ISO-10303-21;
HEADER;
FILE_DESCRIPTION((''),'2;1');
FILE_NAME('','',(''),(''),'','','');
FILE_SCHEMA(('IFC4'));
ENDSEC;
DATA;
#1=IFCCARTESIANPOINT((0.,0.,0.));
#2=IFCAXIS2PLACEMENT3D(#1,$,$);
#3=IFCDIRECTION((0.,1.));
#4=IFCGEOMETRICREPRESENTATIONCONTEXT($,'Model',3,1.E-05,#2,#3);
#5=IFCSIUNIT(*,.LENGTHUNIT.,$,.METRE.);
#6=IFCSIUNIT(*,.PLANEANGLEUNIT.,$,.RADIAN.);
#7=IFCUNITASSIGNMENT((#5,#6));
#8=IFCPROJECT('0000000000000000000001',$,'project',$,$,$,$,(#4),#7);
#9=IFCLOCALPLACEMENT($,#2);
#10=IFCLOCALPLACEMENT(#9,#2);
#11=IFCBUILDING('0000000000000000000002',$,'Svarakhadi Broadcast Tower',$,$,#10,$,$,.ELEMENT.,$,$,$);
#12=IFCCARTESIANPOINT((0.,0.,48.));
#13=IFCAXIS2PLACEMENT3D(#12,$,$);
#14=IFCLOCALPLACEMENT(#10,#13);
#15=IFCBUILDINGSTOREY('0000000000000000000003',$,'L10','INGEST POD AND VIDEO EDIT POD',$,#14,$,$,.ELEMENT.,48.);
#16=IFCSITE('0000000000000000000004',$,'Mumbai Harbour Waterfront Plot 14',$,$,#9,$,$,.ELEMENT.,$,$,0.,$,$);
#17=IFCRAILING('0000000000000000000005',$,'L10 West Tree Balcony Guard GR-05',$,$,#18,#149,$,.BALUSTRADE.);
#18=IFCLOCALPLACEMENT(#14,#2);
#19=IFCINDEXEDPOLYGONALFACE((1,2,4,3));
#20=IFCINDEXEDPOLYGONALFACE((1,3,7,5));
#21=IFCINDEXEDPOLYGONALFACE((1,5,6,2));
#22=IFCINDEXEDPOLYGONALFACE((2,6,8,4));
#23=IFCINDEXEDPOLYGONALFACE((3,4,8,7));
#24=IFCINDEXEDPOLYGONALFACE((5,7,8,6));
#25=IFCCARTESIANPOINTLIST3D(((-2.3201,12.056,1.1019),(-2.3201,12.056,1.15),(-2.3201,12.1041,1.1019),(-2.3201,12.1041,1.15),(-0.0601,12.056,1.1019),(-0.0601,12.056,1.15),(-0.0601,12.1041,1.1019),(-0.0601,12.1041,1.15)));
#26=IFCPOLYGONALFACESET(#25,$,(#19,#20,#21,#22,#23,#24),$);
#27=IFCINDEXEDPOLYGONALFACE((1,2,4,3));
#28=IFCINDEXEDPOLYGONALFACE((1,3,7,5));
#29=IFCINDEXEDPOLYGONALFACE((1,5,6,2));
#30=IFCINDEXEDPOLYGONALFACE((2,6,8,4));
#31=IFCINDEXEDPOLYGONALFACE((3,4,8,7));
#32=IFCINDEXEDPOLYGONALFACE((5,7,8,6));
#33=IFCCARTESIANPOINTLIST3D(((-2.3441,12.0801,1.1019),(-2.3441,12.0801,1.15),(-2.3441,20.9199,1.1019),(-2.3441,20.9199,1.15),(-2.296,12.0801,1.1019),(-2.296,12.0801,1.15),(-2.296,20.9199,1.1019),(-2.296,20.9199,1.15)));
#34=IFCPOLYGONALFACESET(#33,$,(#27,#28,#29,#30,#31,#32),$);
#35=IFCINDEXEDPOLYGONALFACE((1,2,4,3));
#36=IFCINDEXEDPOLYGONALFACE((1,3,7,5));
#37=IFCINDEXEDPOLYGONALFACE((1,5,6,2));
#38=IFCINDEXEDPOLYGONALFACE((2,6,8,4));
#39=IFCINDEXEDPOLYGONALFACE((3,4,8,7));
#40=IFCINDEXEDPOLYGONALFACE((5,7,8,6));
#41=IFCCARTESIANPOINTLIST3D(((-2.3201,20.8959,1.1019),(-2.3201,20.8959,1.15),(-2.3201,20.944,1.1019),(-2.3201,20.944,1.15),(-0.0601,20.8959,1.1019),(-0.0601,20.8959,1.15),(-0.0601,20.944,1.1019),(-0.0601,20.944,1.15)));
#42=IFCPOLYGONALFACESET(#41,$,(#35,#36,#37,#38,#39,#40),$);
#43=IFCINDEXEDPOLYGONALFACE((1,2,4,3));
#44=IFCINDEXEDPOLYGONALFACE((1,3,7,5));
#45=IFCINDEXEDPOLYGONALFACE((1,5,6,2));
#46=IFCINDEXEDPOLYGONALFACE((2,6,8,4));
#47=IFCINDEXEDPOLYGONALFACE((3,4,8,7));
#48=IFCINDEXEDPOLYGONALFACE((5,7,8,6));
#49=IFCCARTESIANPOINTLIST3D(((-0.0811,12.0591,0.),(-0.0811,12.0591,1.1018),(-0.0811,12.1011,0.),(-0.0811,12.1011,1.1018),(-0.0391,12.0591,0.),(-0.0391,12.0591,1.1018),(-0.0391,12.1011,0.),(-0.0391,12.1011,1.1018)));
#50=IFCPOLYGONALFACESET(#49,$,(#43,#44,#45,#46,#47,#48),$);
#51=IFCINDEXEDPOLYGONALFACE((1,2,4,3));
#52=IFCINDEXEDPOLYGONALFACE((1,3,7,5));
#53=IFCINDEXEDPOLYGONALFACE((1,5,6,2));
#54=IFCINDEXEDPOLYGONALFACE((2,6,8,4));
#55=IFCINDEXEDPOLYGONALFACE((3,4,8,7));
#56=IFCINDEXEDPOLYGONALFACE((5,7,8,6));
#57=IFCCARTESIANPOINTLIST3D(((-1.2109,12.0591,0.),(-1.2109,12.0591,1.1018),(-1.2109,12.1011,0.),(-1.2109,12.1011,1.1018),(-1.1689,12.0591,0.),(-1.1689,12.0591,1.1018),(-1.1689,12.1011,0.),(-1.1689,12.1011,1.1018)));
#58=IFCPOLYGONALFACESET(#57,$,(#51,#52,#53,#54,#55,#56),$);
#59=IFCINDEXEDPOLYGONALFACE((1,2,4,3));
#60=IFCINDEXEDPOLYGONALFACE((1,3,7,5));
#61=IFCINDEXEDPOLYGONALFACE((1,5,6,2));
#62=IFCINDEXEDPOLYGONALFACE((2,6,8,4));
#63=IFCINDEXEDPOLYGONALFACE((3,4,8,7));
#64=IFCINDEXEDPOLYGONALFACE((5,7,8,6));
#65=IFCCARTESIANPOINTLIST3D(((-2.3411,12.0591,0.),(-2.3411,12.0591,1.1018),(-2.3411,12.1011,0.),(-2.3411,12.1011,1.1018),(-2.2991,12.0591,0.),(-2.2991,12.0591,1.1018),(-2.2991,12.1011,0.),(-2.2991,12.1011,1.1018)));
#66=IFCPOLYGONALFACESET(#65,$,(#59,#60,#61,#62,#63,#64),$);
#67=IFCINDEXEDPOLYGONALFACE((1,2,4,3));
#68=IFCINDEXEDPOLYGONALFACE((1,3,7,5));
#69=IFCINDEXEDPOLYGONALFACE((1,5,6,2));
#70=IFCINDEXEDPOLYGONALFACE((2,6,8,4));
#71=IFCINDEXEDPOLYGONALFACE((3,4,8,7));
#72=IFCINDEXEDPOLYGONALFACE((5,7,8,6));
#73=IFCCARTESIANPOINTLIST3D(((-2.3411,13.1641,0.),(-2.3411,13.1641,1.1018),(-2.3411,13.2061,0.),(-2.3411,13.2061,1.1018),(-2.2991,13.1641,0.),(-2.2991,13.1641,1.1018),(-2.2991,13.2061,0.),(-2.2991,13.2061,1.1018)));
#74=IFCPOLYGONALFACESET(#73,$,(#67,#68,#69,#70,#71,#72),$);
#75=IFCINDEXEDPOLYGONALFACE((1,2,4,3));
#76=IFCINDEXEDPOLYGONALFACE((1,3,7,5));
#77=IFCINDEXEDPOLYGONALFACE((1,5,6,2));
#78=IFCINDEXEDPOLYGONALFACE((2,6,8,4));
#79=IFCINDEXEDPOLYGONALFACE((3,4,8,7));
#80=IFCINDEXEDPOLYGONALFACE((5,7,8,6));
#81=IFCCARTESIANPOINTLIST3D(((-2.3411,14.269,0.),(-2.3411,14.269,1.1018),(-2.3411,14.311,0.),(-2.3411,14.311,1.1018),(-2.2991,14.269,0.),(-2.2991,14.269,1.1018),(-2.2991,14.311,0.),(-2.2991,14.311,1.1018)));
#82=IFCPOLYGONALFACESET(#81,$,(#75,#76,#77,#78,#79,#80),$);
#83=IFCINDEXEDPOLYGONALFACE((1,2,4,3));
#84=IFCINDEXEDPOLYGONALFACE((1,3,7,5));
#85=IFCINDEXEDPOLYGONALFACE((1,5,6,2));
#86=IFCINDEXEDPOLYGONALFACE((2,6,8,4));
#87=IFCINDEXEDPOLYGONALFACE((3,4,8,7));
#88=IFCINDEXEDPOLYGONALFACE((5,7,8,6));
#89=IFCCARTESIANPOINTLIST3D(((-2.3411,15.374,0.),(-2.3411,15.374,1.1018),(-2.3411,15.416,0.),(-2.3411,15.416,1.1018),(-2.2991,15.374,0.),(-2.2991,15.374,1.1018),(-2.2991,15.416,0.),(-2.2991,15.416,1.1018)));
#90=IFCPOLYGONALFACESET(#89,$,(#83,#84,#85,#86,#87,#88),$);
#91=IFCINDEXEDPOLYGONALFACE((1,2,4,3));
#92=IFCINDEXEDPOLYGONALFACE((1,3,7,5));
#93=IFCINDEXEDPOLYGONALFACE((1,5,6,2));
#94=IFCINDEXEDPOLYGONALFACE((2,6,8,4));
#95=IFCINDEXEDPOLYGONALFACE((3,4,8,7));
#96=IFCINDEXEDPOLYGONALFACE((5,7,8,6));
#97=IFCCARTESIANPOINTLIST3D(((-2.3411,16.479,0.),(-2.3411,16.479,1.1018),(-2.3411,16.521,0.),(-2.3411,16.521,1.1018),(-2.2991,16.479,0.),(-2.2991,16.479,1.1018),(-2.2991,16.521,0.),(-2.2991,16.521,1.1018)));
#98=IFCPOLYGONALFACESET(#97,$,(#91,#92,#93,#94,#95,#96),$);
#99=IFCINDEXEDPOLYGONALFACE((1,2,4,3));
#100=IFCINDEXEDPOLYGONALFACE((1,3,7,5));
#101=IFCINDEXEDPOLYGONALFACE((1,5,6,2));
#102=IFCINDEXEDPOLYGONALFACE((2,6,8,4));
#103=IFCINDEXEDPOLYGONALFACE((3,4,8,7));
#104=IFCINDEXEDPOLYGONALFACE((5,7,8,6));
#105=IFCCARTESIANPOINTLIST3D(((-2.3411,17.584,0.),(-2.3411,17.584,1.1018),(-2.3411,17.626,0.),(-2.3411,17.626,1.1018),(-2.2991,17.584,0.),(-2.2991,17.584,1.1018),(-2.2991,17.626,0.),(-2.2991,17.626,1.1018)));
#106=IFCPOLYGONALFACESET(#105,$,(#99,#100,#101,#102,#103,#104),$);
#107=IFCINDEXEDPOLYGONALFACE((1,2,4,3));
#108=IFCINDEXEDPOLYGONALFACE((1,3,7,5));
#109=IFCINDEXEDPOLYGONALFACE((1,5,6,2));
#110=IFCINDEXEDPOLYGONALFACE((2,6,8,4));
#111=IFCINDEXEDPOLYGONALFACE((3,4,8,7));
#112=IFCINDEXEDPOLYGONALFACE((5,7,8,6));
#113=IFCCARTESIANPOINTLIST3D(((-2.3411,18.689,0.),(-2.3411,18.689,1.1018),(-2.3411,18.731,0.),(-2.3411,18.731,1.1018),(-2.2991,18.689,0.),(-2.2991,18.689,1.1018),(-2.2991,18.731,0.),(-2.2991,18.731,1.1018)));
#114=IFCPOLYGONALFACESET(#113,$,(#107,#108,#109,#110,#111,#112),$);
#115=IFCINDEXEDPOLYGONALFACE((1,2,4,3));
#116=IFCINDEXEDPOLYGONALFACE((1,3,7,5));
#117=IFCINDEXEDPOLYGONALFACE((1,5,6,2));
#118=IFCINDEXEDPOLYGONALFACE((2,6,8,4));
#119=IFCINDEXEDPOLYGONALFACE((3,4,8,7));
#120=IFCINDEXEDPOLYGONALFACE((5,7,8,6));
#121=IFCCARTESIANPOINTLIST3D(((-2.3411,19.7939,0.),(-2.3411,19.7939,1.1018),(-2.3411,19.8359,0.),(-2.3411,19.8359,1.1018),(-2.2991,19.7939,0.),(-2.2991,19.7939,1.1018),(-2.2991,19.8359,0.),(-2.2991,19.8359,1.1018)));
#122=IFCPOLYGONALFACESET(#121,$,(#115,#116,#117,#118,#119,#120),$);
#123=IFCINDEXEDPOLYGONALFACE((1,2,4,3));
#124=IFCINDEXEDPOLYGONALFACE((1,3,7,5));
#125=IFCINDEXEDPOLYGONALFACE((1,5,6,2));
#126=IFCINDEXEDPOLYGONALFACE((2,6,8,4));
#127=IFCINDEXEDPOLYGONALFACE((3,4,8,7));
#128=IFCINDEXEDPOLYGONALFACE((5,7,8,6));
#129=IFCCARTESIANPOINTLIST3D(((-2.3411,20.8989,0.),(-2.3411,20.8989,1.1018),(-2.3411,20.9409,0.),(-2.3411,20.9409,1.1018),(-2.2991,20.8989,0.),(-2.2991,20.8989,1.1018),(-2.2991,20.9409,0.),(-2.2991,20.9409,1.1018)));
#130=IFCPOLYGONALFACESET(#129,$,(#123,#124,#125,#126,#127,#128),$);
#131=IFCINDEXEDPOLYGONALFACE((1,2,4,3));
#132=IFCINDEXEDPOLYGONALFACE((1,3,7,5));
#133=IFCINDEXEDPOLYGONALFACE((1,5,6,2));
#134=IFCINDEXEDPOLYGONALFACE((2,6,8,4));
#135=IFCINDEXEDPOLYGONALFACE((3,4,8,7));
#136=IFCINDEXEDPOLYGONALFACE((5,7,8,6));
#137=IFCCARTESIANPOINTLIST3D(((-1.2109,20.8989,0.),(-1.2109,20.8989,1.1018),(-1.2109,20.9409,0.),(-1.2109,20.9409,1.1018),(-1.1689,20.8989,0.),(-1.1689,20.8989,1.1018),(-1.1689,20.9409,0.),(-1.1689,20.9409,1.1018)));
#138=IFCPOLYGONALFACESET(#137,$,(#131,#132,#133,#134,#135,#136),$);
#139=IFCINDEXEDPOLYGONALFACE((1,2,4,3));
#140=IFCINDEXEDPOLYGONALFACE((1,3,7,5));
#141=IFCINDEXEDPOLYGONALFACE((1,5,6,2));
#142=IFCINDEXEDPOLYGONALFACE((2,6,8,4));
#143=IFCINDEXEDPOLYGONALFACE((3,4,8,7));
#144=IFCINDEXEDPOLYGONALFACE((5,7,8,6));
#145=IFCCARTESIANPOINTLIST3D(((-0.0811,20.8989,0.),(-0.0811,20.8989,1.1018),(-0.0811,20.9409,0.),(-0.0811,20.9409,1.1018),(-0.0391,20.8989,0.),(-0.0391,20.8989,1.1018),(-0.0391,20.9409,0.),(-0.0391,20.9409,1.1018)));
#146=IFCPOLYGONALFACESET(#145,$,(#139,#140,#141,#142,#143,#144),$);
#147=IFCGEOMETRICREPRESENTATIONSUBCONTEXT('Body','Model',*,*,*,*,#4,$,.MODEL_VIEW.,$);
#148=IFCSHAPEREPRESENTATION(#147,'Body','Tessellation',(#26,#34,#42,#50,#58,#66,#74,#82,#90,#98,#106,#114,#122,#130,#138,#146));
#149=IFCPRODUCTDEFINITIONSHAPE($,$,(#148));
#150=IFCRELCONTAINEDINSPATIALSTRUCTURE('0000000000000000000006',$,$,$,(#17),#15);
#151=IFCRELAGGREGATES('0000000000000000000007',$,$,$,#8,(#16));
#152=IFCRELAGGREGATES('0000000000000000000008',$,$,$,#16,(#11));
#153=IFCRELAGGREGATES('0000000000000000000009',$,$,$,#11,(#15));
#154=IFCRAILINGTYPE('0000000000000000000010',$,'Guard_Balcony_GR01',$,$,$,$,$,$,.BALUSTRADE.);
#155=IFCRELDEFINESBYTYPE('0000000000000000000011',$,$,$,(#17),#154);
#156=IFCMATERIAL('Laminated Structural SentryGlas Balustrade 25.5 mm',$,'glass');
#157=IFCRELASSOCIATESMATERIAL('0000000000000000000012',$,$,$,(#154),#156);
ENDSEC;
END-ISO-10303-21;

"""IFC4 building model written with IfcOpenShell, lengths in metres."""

from ifc_helpers import new_model, si_unit, direction, frame, origin, origin_2d, place, context, subcontext, project, spatial, rectangle, extrude, material, type_object, element, save


model = new_model("IFC4")

# Units and contexts
model_context = context("Model", 3, precision=1e-05, world=origin(), true_north=direction((0.0, 1.0)))
body_context = subcontext(model_context, "Body", "Model", "MODEL_VIEW")
ifc_project = project(units=[si_unit("LENGTHUNIT", "METRE"), si_unit("PLANEANGLEUNIT", "RADIAN")], contexts=[model_context])

# Site, building, storey
site_placement = place(None, origin())
site = spatial("IfcSite", under=ifc_project, at=site_placement, Name="Mumbai Harbour Waterfront Plot 14", CompositionType="ELEMENT", RefElevation=0.0)
building_placement = place(site_placement, origin())
building = spatial("IfcBuilding", under=site, at=building_placement, Name="Svarakhadi Broadcast Tower", CompositionType="ELEMENT")
storey_placement = place(building_placement, frame((0.0, 0.0, 48.0)))
storey = spatial("IfcBuildingStorey", under=building, at=storey_placement, Name="L10", Description="INGEST POD AND VIDEO EDIT POD", CompositionType="ELEMENT", Elevation=48.0)

# Railing
ifc_material_1 = material(Name="Laminated Structural SentryGlas Balustrade 25.5 mm", Category="glass")
railing_type = type_object("IfcRailingType", Name="Guard_Balcony_GR01", PredefinedType="BALUSTRADE", material=ifc_material_1)
railing_placement = place(storey_placement, frame((-0.0601, 12.0801, 0.0)))
element("IfcRailing", 1, at=railing_placement, inside=storey, type_object=railing_type, Name="L10 West Tree Balcony Guard GR-05", PredefinedType="BALUSTRADE", context=body_context, shape_type="SweptSolid", body=[
    extrude(rectangle(XDim=0.0481, YDim=0.0481, at=origin_2d()), frame((0.0, 0.0, 1.126), z_axis=(-1.0, 0.0, 0.0), x_axis=(0.0, -1.0, 0.0)), (0.0, 0.0, 1.0), 2.26),
    extrude(rectangle(XDim=0.0481, YDim=0.0481, at=origin_2d()), frame((-2.26, 0.0, 1.126), z_axis=(0.0, 1.0, 0.0), x_axis=(-1.0, 0.0, 0.0)), (0.0, 0.0, 1.0), 8.8398),
    extrude(rectangle(XDim=0.0481, YDim=0.0481, at=origin_2d()), frame((-2.26, 8.8398, 1.126), z_axis=(1.0, 0.0, 0.0), x_axis=(0.0, 1.0, 0.0)), (0.0, 0.0, 1.0), 2.26),
    extrude(rectangle(XDim=0.042, YDim=0.042, at=origin_2d()), origin(), (0.0, 0.0, 1.0), 1.1018),
    extrude(rectangle(XDim=0.042, YDim=0.042, at=origin_2d()), frame((-1.1299, 0.0, 0.0)), (0.0, 0.0, 1.0), 1.1018),
    extrude(rectangle(XDim=0.042, YDim=0.042, at=origin_2d()), frame((-2.26, 0.0, 0.0)), (0.0, 0.0, 1.0), 1.1018),
    extrude(rectangle(XDim=0.042, YDim=0.042, at=origin_2d()), frame((-2.26, 1.105, 0.0)), (0.0, 0.0, 1.0), 1.1018),
    extrude(rectangle(XDim=0.042, YDim=0.042, at=origin_2d()), frame((-2.26, 2.21, 0.0)), (0.0, 0.0, 1.0), 1.1018),
    extrude(rectangle(XDim=0.042, YDim=0.042, at=origin_2d()), frame((-2.26, 3.3149, 0.0)), (0.0, 0.0, 1.0), 1.1018),
    extrude(rectangle(XDim=0.042, YDim=0.042, at=origin_2d()), frame((-2.26, 4.4199, 0.0)), (0.0, 0.0, 1.0), 1.1018),
    extrude(rectangle(XDim=0.042, YDim=0.042, at=origin_2d()), frame((-2.26, 5.5249, 0.0)), (0.0, 0.0, 1.0), 1.1018),
    extrude(rectangle(XDim=0.042, YDim=0.042, at=origin_2d()), frame((-2.26, 6.6299, 0.0)), (0.0, 0.0, 1.0), 1.1018),
    extrude(rectangle(XDim=0.042, YDim=0.042, at=origin_2d()), frame((-2.26, 7.7349, 0.0)), (0.0, 0.0, 1.0), 1.1018),
    extrude(rectangle(XDim=0.042, YDim=0.042, at=origin_2d()), frame((-2.26, 8.8398, 0.0)), (0.0, 0.0, 1.0), 1.1018),
    extrude(rectangle(XDim=0.042, YDim=0.042, at=origin_2d()), frame((-1.1299, 8.8398, 0.0)), (0.0, 0.0, 1.0), 1.1018),
    extrude(rectangle(XDim=0.042, YDim=0.042, at=origin_2d()), frame((0.0, 8.8398, 0.0)), (0.0, 0.0, 1.0), 1.1018),
])

save(model, "model.ifc")
